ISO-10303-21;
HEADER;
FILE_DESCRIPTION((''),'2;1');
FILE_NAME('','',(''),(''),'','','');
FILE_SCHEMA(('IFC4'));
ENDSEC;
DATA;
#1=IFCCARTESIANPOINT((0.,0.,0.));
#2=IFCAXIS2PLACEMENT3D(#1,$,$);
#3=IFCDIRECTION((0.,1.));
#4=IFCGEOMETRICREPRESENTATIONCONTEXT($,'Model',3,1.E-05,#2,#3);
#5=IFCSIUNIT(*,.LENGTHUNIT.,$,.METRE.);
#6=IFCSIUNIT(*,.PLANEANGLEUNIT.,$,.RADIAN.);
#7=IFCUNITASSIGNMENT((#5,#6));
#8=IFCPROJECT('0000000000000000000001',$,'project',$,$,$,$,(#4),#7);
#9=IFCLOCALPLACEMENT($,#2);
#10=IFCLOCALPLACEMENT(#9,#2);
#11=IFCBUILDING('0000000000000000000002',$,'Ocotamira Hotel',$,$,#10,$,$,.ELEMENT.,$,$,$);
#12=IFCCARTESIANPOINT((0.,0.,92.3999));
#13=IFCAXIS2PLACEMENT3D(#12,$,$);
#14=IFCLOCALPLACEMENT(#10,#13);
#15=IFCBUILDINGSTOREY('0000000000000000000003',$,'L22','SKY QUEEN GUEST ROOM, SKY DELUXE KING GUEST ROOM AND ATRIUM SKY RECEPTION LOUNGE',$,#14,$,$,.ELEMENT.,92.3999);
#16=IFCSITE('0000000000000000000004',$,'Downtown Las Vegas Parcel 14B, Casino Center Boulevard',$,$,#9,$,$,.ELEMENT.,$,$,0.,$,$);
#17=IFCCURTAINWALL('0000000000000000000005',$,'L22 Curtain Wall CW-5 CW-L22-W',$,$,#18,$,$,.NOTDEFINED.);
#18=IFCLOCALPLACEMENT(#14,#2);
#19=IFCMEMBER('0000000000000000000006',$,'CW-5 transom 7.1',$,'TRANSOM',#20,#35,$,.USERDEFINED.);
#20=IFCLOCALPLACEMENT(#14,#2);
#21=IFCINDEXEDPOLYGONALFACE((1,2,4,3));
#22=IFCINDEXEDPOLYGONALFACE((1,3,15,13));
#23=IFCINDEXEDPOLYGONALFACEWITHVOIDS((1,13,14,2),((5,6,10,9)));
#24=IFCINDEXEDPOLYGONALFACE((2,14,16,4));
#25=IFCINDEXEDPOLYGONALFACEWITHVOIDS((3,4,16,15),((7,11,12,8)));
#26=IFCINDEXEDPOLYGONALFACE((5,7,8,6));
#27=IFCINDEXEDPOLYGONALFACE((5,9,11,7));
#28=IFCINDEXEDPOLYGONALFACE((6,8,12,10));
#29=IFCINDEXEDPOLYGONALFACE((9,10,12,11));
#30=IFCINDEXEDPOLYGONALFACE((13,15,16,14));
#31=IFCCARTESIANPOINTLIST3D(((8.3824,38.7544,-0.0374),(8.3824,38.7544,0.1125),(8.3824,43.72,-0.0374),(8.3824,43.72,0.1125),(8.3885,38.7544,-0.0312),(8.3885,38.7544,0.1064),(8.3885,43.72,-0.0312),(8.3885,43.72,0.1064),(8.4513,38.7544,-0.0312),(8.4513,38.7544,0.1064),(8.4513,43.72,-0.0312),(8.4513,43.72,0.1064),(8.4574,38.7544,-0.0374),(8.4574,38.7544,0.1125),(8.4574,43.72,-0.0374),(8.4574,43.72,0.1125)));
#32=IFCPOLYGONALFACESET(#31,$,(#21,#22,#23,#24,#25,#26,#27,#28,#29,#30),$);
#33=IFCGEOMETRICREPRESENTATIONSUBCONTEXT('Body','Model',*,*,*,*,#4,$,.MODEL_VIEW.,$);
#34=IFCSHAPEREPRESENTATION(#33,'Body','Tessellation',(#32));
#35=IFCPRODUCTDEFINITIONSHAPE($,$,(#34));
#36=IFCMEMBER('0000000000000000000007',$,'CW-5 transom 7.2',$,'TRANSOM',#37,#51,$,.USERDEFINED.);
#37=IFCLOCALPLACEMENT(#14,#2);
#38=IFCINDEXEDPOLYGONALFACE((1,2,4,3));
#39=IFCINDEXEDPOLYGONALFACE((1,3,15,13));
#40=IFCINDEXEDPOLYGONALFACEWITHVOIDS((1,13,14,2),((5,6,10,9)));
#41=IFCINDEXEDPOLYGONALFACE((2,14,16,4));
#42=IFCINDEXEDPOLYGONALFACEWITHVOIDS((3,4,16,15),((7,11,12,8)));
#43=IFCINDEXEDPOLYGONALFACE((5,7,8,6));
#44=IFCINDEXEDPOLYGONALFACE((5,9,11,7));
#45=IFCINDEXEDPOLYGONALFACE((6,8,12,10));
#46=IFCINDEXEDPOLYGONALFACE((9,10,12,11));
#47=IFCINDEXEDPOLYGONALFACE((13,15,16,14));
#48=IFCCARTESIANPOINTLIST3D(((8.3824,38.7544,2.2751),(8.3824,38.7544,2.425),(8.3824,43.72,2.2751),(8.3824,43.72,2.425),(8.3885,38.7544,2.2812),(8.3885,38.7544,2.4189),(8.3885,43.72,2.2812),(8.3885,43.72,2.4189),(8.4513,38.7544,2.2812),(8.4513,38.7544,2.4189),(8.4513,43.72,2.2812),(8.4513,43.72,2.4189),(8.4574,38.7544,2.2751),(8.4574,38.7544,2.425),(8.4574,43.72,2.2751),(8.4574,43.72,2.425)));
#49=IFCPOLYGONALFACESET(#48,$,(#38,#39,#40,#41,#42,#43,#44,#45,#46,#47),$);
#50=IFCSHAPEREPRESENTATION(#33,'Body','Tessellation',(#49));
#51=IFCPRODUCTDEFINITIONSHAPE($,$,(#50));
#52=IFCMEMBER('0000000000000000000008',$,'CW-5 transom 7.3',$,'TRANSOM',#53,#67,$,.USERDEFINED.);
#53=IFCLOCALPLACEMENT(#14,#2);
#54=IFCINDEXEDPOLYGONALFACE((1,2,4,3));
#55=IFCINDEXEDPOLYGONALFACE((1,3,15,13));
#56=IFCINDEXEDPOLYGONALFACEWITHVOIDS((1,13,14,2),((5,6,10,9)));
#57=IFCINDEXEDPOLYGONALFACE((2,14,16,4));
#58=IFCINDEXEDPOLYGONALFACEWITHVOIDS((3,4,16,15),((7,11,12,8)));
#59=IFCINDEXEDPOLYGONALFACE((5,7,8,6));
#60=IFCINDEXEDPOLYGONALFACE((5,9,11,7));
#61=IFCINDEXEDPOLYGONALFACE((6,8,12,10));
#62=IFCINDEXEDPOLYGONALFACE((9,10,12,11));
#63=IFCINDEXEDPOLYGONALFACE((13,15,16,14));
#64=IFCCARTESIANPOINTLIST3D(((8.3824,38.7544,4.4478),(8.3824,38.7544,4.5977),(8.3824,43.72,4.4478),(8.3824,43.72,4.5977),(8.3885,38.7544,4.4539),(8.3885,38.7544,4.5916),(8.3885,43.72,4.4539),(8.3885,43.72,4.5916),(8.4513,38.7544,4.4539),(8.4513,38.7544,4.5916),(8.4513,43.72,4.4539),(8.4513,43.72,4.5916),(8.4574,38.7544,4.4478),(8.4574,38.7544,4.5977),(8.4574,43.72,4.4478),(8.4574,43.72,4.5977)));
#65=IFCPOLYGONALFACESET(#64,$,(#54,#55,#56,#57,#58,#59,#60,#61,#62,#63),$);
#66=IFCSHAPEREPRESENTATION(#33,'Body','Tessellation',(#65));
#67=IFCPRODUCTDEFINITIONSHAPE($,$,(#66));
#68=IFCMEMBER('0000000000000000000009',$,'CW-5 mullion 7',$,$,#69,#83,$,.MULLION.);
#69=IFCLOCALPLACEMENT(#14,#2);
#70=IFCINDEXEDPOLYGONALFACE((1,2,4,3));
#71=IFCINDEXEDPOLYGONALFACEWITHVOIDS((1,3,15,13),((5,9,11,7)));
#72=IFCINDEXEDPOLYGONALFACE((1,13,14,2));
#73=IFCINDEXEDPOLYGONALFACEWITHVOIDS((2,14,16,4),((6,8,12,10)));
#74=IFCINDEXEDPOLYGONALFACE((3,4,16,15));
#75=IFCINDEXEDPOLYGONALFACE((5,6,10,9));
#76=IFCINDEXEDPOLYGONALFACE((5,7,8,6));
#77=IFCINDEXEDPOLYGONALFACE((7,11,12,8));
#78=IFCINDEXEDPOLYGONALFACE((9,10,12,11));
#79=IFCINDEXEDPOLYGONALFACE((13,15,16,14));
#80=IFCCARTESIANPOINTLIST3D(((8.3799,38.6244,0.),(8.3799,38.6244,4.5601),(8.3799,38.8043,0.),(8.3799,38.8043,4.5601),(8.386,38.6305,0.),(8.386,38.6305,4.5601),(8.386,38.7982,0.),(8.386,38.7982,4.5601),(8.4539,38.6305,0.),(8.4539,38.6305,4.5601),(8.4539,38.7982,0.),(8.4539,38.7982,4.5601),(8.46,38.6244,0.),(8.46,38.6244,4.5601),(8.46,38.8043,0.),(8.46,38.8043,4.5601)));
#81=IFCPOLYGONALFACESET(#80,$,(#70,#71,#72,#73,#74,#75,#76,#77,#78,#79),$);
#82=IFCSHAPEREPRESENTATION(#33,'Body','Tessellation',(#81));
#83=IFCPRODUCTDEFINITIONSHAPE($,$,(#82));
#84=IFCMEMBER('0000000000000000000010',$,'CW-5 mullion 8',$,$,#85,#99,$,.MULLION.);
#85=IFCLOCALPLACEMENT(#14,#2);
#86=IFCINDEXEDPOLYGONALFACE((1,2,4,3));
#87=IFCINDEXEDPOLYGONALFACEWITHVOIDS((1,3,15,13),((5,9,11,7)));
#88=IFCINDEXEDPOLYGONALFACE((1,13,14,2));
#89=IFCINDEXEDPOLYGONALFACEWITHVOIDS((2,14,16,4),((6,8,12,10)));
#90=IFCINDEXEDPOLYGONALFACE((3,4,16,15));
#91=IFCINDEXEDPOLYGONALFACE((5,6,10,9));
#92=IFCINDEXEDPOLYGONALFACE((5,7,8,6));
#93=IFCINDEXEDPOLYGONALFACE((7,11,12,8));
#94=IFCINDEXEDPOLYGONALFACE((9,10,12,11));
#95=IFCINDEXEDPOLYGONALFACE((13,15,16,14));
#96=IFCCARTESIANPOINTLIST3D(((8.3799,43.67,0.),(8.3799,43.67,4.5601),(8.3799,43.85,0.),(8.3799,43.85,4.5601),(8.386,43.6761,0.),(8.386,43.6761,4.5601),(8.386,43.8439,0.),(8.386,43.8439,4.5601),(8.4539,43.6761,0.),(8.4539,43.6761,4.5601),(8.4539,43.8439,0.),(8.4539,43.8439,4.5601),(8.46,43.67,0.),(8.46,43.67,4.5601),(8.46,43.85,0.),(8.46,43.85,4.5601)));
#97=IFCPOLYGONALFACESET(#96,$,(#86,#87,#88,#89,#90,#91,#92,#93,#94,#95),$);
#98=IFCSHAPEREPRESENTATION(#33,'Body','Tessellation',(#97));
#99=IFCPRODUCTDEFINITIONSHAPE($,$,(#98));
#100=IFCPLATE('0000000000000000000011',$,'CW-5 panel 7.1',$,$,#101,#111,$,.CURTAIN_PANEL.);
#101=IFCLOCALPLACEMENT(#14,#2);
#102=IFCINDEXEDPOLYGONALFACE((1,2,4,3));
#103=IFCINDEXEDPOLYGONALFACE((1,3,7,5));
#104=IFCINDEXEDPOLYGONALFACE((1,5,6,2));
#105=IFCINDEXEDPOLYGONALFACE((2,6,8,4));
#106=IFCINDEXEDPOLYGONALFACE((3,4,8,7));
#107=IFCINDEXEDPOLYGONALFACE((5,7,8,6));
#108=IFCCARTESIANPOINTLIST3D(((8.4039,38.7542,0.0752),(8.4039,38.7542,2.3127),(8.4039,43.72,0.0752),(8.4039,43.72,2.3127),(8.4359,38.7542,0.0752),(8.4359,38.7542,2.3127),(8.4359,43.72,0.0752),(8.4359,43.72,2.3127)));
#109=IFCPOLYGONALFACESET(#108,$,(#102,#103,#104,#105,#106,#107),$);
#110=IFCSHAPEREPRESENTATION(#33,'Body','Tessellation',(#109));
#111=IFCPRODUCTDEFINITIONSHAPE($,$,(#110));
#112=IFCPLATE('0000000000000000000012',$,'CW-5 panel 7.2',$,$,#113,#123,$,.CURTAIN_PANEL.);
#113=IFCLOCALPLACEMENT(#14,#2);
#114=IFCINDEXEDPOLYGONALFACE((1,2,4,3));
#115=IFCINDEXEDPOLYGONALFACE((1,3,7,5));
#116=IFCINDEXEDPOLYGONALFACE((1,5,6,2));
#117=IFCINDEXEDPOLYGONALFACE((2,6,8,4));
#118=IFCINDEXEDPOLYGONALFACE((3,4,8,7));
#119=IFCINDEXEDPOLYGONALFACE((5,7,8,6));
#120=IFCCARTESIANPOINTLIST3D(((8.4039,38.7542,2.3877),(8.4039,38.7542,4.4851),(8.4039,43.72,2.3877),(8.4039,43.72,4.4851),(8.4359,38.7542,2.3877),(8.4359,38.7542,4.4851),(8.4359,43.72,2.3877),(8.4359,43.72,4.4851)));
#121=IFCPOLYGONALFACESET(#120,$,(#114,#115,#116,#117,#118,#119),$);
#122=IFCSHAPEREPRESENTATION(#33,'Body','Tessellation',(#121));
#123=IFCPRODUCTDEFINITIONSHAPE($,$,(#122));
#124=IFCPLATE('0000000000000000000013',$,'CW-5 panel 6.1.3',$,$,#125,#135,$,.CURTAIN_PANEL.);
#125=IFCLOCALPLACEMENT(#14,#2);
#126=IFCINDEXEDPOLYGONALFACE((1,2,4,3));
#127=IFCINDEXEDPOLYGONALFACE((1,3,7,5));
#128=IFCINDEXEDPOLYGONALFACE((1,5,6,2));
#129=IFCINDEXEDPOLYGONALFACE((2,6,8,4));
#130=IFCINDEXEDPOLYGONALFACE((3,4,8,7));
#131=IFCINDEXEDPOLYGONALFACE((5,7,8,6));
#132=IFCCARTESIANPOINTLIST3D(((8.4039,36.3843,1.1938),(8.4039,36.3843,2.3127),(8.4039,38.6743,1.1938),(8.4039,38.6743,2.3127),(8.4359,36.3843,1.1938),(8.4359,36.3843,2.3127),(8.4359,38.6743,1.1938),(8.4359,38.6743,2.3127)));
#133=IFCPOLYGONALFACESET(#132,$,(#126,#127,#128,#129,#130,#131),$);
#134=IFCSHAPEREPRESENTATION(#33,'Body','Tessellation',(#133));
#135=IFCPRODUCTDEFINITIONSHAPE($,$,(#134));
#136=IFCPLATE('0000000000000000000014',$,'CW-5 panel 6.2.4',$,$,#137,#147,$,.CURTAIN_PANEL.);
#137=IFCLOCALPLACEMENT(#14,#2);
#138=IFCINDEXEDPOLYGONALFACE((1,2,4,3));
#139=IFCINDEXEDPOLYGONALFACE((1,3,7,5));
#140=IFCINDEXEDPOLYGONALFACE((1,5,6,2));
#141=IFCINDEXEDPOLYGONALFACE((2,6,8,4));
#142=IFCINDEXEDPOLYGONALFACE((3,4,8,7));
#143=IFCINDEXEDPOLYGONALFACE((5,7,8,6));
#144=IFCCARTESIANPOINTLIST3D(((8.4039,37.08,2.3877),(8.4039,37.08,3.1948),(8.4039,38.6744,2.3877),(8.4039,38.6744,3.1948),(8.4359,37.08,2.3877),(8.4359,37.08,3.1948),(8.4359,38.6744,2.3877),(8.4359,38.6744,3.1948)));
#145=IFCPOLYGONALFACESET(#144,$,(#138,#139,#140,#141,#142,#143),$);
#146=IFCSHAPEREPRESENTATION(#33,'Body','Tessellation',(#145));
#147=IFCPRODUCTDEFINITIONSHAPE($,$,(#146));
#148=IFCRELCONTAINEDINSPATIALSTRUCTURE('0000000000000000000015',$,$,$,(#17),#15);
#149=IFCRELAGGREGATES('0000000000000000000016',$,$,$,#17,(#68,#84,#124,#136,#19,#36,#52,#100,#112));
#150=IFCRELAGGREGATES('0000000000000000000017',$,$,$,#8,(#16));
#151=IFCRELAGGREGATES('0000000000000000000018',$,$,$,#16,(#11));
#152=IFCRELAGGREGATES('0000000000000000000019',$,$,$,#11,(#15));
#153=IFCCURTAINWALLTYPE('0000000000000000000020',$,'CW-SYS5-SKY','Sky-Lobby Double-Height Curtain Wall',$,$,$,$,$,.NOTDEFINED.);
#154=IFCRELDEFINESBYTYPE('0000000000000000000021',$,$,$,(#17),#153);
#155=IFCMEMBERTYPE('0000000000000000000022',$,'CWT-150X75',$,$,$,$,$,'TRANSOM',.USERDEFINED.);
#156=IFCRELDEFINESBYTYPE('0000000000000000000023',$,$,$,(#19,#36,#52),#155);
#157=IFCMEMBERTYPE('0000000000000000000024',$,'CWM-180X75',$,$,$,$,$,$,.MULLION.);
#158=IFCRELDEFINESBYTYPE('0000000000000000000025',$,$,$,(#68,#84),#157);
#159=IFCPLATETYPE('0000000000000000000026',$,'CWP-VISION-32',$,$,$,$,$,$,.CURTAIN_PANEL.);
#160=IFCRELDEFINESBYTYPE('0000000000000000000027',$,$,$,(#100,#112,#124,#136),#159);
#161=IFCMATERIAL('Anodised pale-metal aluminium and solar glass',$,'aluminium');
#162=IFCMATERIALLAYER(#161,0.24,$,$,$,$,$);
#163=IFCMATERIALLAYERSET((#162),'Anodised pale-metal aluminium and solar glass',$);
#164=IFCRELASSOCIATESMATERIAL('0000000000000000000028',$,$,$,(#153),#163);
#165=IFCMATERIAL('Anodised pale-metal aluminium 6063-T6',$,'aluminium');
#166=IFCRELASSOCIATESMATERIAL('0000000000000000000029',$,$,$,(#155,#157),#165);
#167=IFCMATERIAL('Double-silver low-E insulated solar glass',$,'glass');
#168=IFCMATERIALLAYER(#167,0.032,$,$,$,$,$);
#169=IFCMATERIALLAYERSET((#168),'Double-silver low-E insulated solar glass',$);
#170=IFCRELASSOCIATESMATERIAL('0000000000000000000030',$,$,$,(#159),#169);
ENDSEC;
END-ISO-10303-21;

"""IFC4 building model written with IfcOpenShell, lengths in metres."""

from ifc_helpers import new_model, si_unit, direction, frame, origin, origin_2d, place, context, subcontext, project, spatial, rectangle, hollow_rectangle, extrude, source, transform, mapped, material, layer, layer_set, material_profile, profile_set, type_object, element, aggregate, save


model = new_model("IFC4")

# Units and contexts
model_context = context("Model", 3, precision=1e-05, world=origin(), true_north=direction((0.0, 1.0)))
body_context = subcontext(model_context, "Body", "Model", "MODEL_VIEW")
ifc_project = project(units=[si_unit("LENGTHUNIT", "METRE"), si_unit("PLANEANGLEUNIT", "RADIAN")], contexts=[model_context])

# Site, building, storey
site_placement = place(None, origin())
site = spatial("IfcSite", under=ifc_project, at=site_placement, Name="Downtown Las Vegas Parcel 14B, Casino Center Boulevard", CompositionType="ELEMENT", RefElevation=0.0)
building_placement = place(site_placement, origin())
building = spatial("IfcBuilding", under=site, at=building_placement, Name="Ocotamira Hotel", CompositionType="ELEMENT")
storey_placement = place(building_placement, frame((0.0, 0.0, 92.3999)))
storey = spatial("IfcBuildingStorey", under=building, at=storey_placement, Name="L22", Description="SKY QUEEN GUEST ROOM, SKY DELUXE KING GUEST ROOM AND ATRIUM SKY RECEPTION LOUNGE", CompositionType="ELEMENT", Elevation=92.3999)

# Curtain wall, members, plates
ifc_material_1 = material(Name="Anodised pale-metal aluminium and solar glass", Category="aluminium")
ifc_layer_1 = layer(ifc_material_1, 0.24)
ifc_layer_set_1 = layer_set([ifc_layer_1], Name="Anodised pale-metal aluminium and solar glass")
curtain_wall_type = type_object("IfcCurtainWallType", Name="CW-SYS5-SKY", Description="Sky-Lobby Double-Height Curtain Wall", PredefinedType="NOTDEFINED", material=ifc_layer_set_1)
curtain_wall_placement = place(storey_placement, origin())
curtain_wall = element("IfcCurtainWall", 1, at=curtain_wall_placement, inside=storey, type_object=curtain_wall_type, Name="L22 Curtain Wall CW-5 CW-L22-W", PredefinedType="NOTDEFINED")
ifc_material_2 = material(Name="Anodised pale-metal aluminium 6063-T6", Category="aluminium")
ifc_material_profile_1 = material_profile(ifc_material_2, hollow_rectangle(XDim=0.075, YDim=0.1499, WallThickness=0.0061, at=origin_2d()), Name="HSS150X75X6")
ifc_profile_set_1 = profile_set([ifc_material_profile_1], Name="Anodised pale-metal aluminium 6063-T6")
member_type_1 = type_object("IfcMemberType", Name="CWT-150X75", ElementType="TRANSOM", PredefinedType="USERDEFINED", material=ifc_profile_set_1)
shared_shape_1 = source(origin(), body_context, "Body", "SweptSolid", [
    extrude(hollow_rectangle(XDim=0.075, YDim=0.1499, WallThickness=0.0061, at=origin_2d()), origin(), (0.0, 0.0, 1.0), 4.9656),
])
member_1_placement = place(storey_placement, frame((8.4199, 38.7544, 0.0376), z_axis=(0.0, 1.0, 0.0), x_axis=(-1.0, 0.0, 0.0)))
member_1 = element("IfcMember", 2, at=member_1_placement, type_object=member_type_1, Name="CW-5 transom 7.1", ObjectType="TRANSOM", PredefinedType="USERDEFINED", context=body_context, shape_type="MappedRepresentation", body=[
    mapped(shared_shape_1, transform((0.0, 0.0, 0.0), scale=1.0)),
])
member_2_placement = place(storey_placement, frame((8.4199, 38.7544, 2.3501), z_axis=(0.0, 1.0, 0.0), x_axis=(-1.0, 0.0, 0.0)))
member_2 = element("IfcMember", 3, at=member_2_placement, type_object=member_type_1, Name="CW-5 transom 7.2", ObjectType="TRANSOM", PredefinedType="USERDEFINED", context=body_context, shape_type="MappedRepresentation", body=[
    mapped(shared_shape_1, transform((0.0, 0.0, 0.0), scale=1.0)),
])
member_3_placement = place(storey_placement, frame((8.4199, 38.7544, 4.5227), z_axis=(0.0, 1.0, 0.0), x_axis=(-1.0, 0.0, 0.0)))
member_3 = element("IfcMember", 4, at=member_3_placement, type_object=member_type_1, Name="CW-5 transom 7.3", ObjectType="TRANSOM", PredefinedType="USERDEFINED", context=body_context, shape_type="MappedRepresentation", body=[
    mapped(shared_shape_1, transform((0.0, 0.0, 0.0), scale=1.0)),
])
ifc_material_profile_2 = material_profile(ifc_material_2, hollow_rectangle(XDim=0.0801, YDim=0.1799, WallThickness=0.0061, at=origin_2d()), Name="HSS180X80X6")
ifc_profile_set_2 = profile_set([ifc_material_profile_2], Name="Anodised pale-metal aluminium 6063-T6")
member_type_2 = type_object("IfcMemberType", Name="CWM-180X75", PredefinedType="MULLION", material=ifc_profile_set_2)
shared_shape_2 = source(origin(), body_context, "Body", "SweptSolid", [
    extrude(hollow_rectangle(XDim=0.0801, YDim=0.1799, WallThickness=0.0061, at=origin_2d()), origin(), (0.0, 0.0, 1.0), 4.5601),
])
member_4_placement = place(storey_placement, frame((8.4199, 38.7144, 0.0), z_axis=(0.0, 0.0, 1.0), x_axis=(-1.0, 0.0, 0.0)))
member_4 = element("IfcMember", 5, at=member_4_placement, type_object=member_type_2, Name="CW-5 mullion 7", PredefinedType="MULLION", context=body_context, shape_type="MappedRepresentation", body=[
    mapped(shared_shape_2, transform((0.0, 0.0, 0.0), scale=1.0)),
])
member_5_placement = place(storey_placement, frame((8.4199, 43.76, 0.0), z_axis=(0.0, 0.0, 1.0), x_axis=(-1.0, 0.0, 0.0)))
member_5 = element("IfcMember", 6, at=member_5_placement, type_object=member_type_2, Name="CW-5 mullion 8", PredefinedType="MULLION", context=body_context, shape_type="MappedRepresentation", body=[
    mapped(shared_shape_2, transform((0.0, 0.0, 0.0), scale=1.0)),
])
ifc_material_3 = material(Name="Double-silver low-E insulated solar glass", Category="glass")
ifc_layer_2 = layer(ifc_material_3, 0.032)
ifc_layer_set_2 = layer_set([ifc_layer_2], Name="Double-silver low-E insulated solar glass")
plate_type = type_object("IfcPlateType", Name="CWP-VISION-32", PredefinedType="CURTAIN_PANEL", material=ifc_layer_set_2)
shared_shape_3 = source(origin(), body_context, "Body", "SweptSolid", [
    extrude(rectangle(XDim=4.9658, YDim=0.032, at=origin_2d()), origin(), (0.0, 0.0, 1.0), 2.2375),
])
plate_1_placement = place(storey_placement, frame((8.4199, 41.2371, 0.0752), z_axis=(0.0, 0.0, 1.0), x_axis=(0.0, 1.0, 0.0)))
plate_1 = element("IfcPlate", 7, at=plate_1_placement, type_object=plate_type, Name="CW-5 panel 7.1", PredefinedType="CURTAIN_PANEL", context=body_context, shape_type="MappedRepresentation", body=[
    mapped(shared_shape_3, transform((0.0, 0.0, 0.0), scale=1.0)),
])
shared_shape_4 = source(origin(), body_context, "Body", "SweptSolid", [
    extrude(rectangle(XDim=4.9658, YDim=0.032, at=origin_2d()), origin(), (0.0, 0.0, 1.0), 2.0974),
])
plate_2_placement = place(storey_placement, frame((8.4199, 41.2371, 2.3877), z_axis=(0.0, 0.0, 1.0), x_axis=(0.0, 1.0, 0.0)))
plate_2 = element("IfcPlate", 8, at=plate_2_placement, type_object=plate_type, Name="CW-5 panel 7.2", PredefinedType="CURTAIN_PANEL", context=body_context, shape_type="MappedRepresentation", body=[
    mapped(shared_shape_4, transform((0.0, 0.0, 0.0), scale=1.0)),
])
shared_shape_5 = source(origin(), body_context, "Body", "SweptSolid", [
    extrude(rectangle(XDim=2.29, YDim=0.032, at=origin_2d()), origin(), (0.0, 0.0, 1.0), 1.1189),
])
plate_3_placement = place(storey_placement, frame((8.4199, 37.5293, 1.1938), z_axis=(0.0, 0.0, 1.0), x_axis=(0.0, 1.0, 0.0)))
plate_3 = element("IfcPlate", 9, at=plate_3_placement, type_object=plate_type, Name="CW-5 panel 6.1.3", PredefinedType="CURTAIN_PANEL", context=body_context, shape_type="MappedRepresentation", body=[
    mapped(shared_shape_5, transform((0.0, 0.0, 0.0), scale=1.0)),
])
shared_shape_6 = source(origin(), body_context, "Body", "SweptSolid", [
    extrude(rectangle(XDim=1.5945, YDim=0.032, at=origin_2d()), origin(), (0.0, 0.0, 1.0), 0.8071),
])
plate_4_placement = place(storey_placement, frame((8.4199, 37.8772, 2.3877), z_axis=(0.0, 0.0, 1.0), x_axis=(0.0, 1.0, 0.0)))
plate_4 = element("IfcPlate", 10, at=plate_4_placement, type_object=plate_type, Name="CW-5 panel 6.2.4", PredefinedType="CURTAIN_PANEL", context=body_context, shape_type="MappedRepresentation", body=[
    mapped(shared_shape_6, transform((0.0, 0.0, 0.0), scale=1.0)),
])
aggregate(curtain_wall, [member_4, member_5, plate_3, plate_4, member_1, member_2, member_3, plate_1, plate_2])

save(model, "model.ifc")
